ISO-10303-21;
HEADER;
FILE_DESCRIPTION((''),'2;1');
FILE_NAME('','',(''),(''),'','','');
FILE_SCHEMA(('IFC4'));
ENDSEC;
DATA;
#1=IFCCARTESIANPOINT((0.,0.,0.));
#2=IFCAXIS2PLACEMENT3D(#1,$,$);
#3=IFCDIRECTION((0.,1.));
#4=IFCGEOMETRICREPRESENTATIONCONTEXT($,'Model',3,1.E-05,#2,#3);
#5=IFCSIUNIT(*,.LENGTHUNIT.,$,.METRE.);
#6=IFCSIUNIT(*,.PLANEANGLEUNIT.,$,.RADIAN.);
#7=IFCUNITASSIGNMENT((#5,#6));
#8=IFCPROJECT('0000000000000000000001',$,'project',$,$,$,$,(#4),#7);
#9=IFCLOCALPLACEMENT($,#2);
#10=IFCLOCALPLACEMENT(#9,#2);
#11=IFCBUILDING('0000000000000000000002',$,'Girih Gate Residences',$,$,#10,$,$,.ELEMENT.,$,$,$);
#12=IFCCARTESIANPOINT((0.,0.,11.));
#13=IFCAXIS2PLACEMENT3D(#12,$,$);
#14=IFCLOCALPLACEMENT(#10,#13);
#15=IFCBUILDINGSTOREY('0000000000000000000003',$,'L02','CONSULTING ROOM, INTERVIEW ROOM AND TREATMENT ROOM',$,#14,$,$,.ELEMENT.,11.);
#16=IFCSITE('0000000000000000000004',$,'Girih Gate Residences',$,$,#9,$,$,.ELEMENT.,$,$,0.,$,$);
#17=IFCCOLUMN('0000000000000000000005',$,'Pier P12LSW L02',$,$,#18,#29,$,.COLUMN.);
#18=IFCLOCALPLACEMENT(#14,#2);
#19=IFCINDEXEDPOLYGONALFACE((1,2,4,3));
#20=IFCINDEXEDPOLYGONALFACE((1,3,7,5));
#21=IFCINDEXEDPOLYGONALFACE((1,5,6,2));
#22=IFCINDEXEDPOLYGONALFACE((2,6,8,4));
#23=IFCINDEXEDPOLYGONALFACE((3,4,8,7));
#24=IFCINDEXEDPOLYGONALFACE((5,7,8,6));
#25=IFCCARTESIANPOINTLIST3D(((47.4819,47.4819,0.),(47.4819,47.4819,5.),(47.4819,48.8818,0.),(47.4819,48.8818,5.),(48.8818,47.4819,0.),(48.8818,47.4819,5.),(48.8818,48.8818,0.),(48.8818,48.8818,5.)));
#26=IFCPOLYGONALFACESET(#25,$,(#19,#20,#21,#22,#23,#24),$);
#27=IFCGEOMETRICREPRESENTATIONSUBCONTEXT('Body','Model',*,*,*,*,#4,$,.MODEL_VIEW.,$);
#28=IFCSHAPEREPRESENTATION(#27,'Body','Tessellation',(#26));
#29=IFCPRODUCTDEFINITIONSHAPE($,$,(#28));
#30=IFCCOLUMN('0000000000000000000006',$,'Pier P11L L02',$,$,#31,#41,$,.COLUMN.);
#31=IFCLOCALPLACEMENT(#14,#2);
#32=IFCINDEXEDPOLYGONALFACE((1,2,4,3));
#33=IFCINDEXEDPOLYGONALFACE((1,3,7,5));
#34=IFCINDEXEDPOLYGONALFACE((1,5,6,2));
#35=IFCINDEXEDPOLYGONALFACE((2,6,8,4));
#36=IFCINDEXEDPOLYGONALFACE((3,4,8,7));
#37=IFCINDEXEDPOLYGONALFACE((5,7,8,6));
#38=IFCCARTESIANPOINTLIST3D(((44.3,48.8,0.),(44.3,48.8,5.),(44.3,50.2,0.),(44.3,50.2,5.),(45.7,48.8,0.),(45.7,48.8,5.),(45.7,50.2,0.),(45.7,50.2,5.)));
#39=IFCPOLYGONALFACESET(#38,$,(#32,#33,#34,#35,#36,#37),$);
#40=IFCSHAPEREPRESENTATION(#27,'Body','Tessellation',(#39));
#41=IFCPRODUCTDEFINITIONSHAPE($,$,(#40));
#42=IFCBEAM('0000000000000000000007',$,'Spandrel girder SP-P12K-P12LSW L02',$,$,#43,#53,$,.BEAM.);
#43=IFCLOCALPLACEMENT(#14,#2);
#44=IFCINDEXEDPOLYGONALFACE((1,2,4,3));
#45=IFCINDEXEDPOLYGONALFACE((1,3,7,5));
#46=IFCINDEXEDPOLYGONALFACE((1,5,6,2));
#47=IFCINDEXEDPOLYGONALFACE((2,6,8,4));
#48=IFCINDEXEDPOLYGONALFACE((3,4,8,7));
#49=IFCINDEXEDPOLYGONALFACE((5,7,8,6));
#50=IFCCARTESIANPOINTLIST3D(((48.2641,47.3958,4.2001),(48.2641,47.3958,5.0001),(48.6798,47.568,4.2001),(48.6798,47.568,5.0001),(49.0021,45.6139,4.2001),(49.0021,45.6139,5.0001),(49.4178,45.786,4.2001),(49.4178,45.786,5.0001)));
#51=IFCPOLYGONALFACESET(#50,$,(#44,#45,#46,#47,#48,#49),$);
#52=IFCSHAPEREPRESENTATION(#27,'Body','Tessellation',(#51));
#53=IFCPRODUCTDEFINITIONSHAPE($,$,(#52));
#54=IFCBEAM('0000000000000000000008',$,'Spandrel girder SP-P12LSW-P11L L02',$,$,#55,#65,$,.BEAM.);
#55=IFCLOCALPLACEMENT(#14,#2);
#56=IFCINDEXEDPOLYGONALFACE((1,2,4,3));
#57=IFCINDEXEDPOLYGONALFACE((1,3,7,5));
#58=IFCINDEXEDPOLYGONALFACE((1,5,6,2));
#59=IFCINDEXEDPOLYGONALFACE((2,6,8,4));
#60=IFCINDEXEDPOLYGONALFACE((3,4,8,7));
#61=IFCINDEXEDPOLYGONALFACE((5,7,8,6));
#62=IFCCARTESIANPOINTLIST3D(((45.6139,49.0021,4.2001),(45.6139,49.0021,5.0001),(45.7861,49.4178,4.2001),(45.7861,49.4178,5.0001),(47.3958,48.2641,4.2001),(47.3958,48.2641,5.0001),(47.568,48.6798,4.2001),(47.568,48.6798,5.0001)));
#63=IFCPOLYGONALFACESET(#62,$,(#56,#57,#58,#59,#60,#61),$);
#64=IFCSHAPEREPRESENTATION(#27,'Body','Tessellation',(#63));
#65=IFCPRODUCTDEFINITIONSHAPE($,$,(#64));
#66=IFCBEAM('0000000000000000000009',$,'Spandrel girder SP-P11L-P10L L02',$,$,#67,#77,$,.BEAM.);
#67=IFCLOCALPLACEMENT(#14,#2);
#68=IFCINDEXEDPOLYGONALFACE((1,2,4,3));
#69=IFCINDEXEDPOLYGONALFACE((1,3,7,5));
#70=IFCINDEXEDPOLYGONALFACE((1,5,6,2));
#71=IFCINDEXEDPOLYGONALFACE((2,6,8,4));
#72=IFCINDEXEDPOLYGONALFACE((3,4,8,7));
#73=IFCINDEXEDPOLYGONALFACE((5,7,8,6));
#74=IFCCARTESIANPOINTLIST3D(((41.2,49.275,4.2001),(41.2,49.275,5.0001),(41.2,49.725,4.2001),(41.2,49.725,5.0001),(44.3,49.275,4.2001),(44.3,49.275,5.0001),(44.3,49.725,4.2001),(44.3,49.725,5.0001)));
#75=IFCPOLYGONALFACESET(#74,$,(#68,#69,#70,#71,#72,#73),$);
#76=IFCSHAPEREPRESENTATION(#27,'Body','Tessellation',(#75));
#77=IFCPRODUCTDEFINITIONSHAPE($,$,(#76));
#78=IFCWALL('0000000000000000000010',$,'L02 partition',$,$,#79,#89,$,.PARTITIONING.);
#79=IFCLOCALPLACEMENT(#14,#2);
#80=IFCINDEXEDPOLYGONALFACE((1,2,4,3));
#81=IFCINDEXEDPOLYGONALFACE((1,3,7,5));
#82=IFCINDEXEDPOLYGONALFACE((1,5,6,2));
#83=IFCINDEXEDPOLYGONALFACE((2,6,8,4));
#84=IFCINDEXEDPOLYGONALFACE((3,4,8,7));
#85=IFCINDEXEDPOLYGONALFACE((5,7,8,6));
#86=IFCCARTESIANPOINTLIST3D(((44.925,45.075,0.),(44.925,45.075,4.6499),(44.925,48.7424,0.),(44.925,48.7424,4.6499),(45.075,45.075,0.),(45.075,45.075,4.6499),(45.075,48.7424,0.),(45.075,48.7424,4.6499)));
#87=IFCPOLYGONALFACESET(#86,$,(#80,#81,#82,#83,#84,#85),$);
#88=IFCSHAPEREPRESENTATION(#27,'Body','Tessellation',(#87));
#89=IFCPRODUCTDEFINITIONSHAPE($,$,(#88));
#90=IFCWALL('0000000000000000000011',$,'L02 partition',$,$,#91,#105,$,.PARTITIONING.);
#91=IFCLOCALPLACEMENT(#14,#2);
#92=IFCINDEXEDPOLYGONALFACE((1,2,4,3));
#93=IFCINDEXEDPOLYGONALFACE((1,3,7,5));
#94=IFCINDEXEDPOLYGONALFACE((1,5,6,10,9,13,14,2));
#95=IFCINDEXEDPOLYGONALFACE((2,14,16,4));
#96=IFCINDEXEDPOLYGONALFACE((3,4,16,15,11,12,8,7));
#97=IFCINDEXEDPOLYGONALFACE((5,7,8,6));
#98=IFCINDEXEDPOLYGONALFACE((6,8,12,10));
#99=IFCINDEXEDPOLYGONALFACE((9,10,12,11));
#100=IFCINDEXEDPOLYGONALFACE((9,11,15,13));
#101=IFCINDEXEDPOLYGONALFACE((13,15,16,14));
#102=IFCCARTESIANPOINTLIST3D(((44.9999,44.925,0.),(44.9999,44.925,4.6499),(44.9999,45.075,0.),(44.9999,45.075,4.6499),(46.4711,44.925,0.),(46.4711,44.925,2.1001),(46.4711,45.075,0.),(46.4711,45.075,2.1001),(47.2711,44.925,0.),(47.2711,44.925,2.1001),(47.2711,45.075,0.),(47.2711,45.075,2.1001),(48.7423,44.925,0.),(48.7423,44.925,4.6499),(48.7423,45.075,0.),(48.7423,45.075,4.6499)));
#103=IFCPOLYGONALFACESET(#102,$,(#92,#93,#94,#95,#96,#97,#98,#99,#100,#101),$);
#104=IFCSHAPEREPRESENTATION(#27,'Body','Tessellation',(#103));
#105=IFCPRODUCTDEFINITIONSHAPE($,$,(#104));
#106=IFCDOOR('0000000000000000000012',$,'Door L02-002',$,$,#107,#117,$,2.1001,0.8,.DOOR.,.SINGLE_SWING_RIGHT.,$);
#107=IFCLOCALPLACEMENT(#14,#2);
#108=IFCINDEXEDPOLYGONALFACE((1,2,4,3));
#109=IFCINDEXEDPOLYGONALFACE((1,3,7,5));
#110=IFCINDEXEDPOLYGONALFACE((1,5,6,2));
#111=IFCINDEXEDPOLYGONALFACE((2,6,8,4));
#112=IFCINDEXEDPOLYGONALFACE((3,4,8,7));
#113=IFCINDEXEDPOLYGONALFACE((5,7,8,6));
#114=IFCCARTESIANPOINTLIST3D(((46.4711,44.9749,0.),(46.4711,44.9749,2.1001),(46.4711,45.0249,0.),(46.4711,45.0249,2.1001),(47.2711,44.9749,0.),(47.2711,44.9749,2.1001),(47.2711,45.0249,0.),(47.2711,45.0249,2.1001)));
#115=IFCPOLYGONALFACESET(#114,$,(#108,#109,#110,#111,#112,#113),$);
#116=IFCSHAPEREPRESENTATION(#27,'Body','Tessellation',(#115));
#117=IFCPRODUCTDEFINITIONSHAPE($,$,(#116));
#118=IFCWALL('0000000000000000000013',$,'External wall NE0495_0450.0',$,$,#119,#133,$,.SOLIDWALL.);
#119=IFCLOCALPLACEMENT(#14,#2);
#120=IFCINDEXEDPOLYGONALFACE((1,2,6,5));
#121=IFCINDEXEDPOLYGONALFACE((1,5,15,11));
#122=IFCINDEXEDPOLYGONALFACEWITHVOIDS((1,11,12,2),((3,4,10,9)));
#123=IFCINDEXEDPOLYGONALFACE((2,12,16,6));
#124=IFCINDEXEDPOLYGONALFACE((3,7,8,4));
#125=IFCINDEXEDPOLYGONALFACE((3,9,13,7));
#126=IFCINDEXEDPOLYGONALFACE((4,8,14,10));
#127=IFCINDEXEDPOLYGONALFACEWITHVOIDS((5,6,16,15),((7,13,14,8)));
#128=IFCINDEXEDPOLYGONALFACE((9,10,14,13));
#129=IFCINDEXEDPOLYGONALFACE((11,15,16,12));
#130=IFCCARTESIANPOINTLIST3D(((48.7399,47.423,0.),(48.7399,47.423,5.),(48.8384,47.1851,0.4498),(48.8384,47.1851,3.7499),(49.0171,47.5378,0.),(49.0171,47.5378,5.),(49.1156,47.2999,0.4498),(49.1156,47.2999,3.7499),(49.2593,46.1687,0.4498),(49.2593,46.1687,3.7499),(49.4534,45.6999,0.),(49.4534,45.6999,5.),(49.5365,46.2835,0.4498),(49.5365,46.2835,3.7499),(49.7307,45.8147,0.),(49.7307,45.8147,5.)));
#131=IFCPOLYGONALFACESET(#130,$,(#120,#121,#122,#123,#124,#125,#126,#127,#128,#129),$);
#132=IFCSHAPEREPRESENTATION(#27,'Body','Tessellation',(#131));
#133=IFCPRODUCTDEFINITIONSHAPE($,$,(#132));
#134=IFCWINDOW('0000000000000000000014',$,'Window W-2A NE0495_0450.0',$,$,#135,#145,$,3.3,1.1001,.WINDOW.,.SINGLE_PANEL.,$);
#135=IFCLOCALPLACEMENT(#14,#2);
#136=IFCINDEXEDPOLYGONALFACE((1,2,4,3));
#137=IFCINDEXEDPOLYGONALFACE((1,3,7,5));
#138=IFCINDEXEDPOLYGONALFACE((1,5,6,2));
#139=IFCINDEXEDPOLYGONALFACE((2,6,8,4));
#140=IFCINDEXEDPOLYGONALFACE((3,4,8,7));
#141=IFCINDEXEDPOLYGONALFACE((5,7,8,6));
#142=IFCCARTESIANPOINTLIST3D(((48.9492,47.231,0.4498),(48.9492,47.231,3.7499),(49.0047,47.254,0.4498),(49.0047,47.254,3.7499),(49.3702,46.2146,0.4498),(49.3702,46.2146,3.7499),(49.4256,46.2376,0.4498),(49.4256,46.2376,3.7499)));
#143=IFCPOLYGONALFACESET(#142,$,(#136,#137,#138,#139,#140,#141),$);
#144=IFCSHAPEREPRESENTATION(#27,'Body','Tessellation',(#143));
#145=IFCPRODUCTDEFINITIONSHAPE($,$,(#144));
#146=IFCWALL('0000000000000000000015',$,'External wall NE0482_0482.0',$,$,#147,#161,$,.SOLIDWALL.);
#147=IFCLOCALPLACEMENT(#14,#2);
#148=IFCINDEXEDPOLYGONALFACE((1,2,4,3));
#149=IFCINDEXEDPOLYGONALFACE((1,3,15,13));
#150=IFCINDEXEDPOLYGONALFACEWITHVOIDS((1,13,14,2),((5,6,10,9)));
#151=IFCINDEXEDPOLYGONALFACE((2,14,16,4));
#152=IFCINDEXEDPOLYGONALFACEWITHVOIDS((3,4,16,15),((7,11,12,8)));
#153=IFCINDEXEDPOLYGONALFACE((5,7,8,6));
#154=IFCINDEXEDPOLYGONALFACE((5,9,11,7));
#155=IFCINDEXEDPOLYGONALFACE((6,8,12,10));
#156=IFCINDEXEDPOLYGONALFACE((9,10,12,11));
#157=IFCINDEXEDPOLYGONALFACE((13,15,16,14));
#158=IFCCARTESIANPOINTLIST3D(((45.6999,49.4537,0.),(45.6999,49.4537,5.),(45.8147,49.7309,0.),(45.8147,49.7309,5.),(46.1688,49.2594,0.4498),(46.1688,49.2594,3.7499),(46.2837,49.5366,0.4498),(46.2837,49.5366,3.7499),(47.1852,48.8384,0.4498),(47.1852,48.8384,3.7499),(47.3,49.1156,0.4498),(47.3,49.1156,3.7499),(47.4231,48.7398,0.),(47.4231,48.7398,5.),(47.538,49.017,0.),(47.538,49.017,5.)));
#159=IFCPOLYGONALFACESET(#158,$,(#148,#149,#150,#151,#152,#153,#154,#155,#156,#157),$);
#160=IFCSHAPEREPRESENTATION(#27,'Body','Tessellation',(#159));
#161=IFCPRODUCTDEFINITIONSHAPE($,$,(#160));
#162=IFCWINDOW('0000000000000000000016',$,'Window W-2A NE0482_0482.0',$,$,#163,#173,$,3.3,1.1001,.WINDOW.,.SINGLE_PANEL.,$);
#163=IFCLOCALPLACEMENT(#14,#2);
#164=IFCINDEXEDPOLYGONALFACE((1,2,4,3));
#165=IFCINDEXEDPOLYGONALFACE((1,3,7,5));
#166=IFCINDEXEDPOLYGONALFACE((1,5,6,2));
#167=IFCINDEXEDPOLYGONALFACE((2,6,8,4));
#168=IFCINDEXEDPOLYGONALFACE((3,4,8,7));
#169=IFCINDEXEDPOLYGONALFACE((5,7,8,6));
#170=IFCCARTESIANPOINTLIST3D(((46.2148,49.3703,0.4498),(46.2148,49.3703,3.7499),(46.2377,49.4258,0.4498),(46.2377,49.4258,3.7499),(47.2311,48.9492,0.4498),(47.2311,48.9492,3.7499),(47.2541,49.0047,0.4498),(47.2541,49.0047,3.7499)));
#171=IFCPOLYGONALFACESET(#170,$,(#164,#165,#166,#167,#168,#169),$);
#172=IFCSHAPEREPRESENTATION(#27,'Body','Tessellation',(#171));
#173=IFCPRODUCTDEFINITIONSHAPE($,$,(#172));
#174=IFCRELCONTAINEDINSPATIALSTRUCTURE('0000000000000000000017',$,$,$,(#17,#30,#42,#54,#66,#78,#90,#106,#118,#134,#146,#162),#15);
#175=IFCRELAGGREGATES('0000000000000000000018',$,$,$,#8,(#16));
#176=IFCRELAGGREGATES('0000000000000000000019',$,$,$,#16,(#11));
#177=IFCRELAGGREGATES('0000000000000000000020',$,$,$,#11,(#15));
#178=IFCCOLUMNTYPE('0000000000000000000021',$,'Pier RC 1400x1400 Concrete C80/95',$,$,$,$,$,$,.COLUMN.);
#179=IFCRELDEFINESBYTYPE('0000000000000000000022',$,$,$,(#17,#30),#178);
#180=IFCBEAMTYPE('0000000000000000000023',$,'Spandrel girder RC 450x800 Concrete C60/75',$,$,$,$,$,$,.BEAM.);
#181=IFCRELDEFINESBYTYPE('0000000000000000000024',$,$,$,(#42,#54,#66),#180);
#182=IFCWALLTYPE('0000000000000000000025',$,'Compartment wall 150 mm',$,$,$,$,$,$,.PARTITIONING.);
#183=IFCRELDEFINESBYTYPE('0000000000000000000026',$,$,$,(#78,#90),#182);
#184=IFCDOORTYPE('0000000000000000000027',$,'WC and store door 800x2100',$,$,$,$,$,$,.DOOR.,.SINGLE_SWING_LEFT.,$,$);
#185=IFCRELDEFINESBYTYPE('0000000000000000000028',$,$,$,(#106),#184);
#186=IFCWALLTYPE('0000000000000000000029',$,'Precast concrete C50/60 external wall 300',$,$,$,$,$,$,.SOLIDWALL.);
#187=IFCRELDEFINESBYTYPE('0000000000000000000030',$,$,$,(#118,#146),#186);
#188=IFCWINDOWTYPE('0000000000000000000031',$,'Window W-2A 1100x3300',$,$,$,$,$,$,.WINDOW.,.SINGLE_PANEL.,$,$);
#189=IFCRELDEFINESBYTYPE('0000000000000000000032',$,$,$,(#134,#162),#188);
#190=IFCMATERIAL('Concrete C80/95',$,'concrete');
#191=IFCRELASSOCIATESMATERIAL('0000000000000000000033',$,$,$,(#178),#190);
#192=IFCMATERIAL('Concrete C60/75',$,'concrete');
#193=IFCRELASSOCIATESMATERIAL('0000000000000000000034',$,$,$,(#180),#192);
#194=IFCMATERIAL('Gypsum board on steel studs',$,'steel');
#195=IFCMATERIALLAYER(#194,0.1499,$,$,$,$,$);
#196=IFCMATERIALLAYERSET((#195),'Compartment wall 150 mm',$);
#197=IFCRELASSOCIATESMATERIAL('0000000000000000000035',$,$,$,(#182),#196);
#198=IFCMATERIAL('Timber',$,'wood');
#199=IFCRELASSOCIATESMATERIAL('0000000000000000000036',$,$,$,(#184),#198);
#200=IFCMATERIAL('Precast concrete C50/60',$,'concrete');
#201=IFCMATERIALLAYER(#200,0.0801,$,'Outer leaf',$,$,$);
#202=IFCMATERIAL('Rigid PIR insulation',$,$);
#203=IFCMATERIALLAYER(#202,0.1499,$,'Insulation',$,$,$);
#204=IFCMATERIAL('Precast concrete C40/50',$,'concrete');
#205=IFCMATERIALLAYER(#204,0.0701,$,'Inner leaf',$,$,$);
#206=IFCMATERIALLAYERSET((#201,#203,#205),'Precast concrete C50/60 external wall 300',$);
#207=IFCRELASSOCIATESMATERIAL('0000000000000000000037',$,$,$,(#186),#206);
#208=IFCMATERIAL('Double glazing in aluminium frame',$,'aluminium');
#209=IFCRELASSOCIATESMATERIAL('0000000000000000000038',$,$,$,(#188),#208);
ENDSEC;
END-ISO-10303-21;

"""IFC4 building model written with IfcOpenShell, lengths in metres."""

from ifc_helpers import new_model, si_unit, direction, frame, frame_2d, origin, origin_2d, place, context, subcontext, project, spatial, rectangle, extrude, material, layer, layer_set, material_profile, profile_set, type_object, element, fill, save


model = new_model("IFC4")

# Units and contexts
model_context = context("Model", 3, precision=1e-05, world=origin(), true_north=direction((0.0, 1.0)))
body_context = subcontext(model_context, "Body", "Model", "MODEL_VIEW")
ifc_project = project(units=[si_unit("LENGTHUNIT", "METRE"), si_unit("PLANEANGLEUNIT", "RADIAN")], contexts=[model_context])

# Site, building, storey
site_placement = place(None, origin())
site = spatial("IfcSite", under=ifc_project, at=site_placement, Name="Girih Gate Residences", CompositionType="ELEMENT", RefElevation=0.0)
building_placement = place(site_placement, origin())
building = spatial("IfcBuilding", under=site, at=building_placement, Name="Girih Gate Residences", CompositionType="ELEMENT")
storey_placement = place(building_placement, frame((0.0, 0.0, 11.0)))
storey = spatial("IfcBuildingStorey", under=building, at=storey_placement, Name="L02", Description="CONSULTING ROOM, INTERVIEW ROOM AND TREATMENT ROOM", CompositionType="ELEMENT", Elevation=11.0)

# Columns
ifc_material_1 = material(Name="Concrete C80/95", Category="concrete")
ifc_material_profile_1 = material_profile(ifc_material_1, rectangle(XDim=1.3999, YDim=1.3999, at=origin_2d()))
ifc_profile_set_1 = profile_set([ifc_material_profile_1], Name="Concrete C80/95")
column_type = type_object("IfcColumnType", Name="Pier RC 1400x1400 Concrete C80/95", PredefinedType="COLUMN", material=ifc_profile_set_1)
for number, where, z_axis, x_axis, name in (
    (1, (48.1819, 48.1819, 0.0), (0.0, 0.0, 1.0), (1.0, 0.0, 0.0), "Pier P12LSW L02"),
    (2, (45.0, 49.5, 0.0), (0.0, 0.0, 1.0), (1.0, 0.0, 0.0), "Pier P11L L02"),
):
    element("IfcColumn", number, at=place(storey_placement, frame(where, z_axis=z_axis, x_axis=x_axis)), inside=storey, type_object=column_type, Name=name, PredefinedType="COLUMN", context=body_context, shape_type="SweptSolid", body=[
        extrude(rectangle(XDim=1.3999, YDim=1.3999, at=origin_2d()), origin(), (0.0, 0.0, 1.0), 5.0),
    ])

# Beams
ifc_material_2 = material(Name="Concrete C60/75", Category="concrete")
ifc_material_profile_2 = material_profile(ifc_material_2, rectangle(XDim=0.45, YDim=0.8, at=origin_2d()))
ifc_profile_set_2 = profile_set([ifc_material_profile_2], Name="Concrete C60/75")
beam_type = type_object("IfcBeamType", Name="Spandrel girder RC 450x800 Concrete C60/75", PredefinedType="BEAM", material=ifc_profile_set_2)
for number, where, z_axis, x_axis, name in (
    (3, (49.21, 45.7, 4.6001), (-0.382646, 0.923895, 0.0), (-0.923895, -0.382646, 0.0), "Spandrel girder SP-P12K-P12LSW L02"),
    (4, (47.4819, 48.4719, 4.6001), (-0.923895, 0.382646, 0.0), (-0.382646, -0.923895, 0.0), "Spandrel girder SP-P12LSW-P11L L02"),
):
    element("IfcBeam", number, at=place(storey_placement, frame(where, z_axis=z_axis, x_axis=x_axis)), inside=storey, type_object=beam_type, Name=name, PredefinedType="BEAM", context=body_context, shape_type="SweptSolid", body=[
        extrude(rectangle(XDim=0.45, YDim=0.8, at=origin_2d()), origin(), (0.0, 0.0, 1.0), 1.9287),
    ])
beam_placement = place(storey_placement, frame((44.3, 49.5, 4.6001), z_axis=(-1.0, 0.0, 0.0), x_axis=(0.0, -1.0, 0.0)))
element("IfcBeam", 5, at=beam_placement, inside=storey, type_object=beam_type, Name="Spandrel girder SP-P11L-P10L L02", PredefinedType="BEAM", context=body_context, shape_type="SweptSolid", body=[
    extrude(rectangle(XDim=0.45, YDim=0.8, at=origin_2d()), origin(), (0.0, 0.0, 1.0), 3.1001),
])

# Wall
ifc_material_3 = material(Name="Gypsum board on steel studs", Category="steel")
ifc_layer_1 = layer(ifc_material_3, 0.1499)
ifc_layer_set_1 = layer_set([ifc_layer_1], Name="Compartment wall 150 mm")
wall_type_1 = type_object("IfcWallType", Name="Compartment wall 150 mm", PredefinedType="PARTITIONING", material=ifc_layer_set_1)
wall_1_placement = place(storey_placement, frame((45.0, 45.075, 0.0), z_axis=(0.0, 0.0, 1.0), x_axis=(0.0, 1.0, 0.0)))
element("IfcWall", 6, at=wall_1_placement, inside=storey, type_object=wall_type_1, Name="L02 partition", PredefinedType="PARTITIONING", context=body_context, shape_type="SweptSolid", body=[
    extrude(rectangle(XDim=3.6675, YDim=0.1499, at=frame_2d((1.8337, 0.0))), origin(), (0.0, 0.0, 1.0), 4.6499),
])

# Wall, opening, door
wall_2_placement = place(storey_placement, frame((45.0, 45.0, 0.0), z_axis=(0.0, 0.0, 1.0), x_axis=(1.0, 0.0, 0.0)))
wall_2 = element("IfcWall", 7, at=wall_2_placement, inside=storey, type_object=wall_type_1, Name="L02 partition", PredefinedType="PARTITIONING", context=body_context, shape_type="SweptSolid", body=[
    extrude(rectangle(XDim=3.7424, YDim=0.1499, at=frame_2d((1.8711, 0.0))), origin(), (0.0, 0.0, 1.0), 4.6499),
])
opening_1_placement = place(wall_2_placement, frame((1.4712, 0.0, 0.0)))
opening_1 = element("IfcOpeningElement", 8, at=opening_1_placement, cuts=wall_2, PredefinedType="OPENING", context=body_context, shape_type="SweptSolid", body=[
    extrude(rectangle(XDim=0.8, YDim=2.1001, at=frame_2d((0.3999, 1.05))), frame((0.0, 0.085, 0.0), z_axis=(0.0, -1.0, 0.0), x_axis=(1.0, 0.0, 0.0)), (0.0, 0.0, 1.0), 0.1699),
])
ifc_material_4 = material(Name="Timber", Category="wood")
door_type = type_object("IfcDoorType", Name="WC and store door 800x2100", OperationType="SINGLE_SWING_LEFT", PredefinedType="DOOR", material=ifc_material_4)
door_placement = place(opening_1_placement, origin())
door = element("IfcDoor", 9, at=door_placement, inside=storey, type_object=door_type, Name="Door L02-002", OperationType="SINGLE_SWING_RIGHT", OverallHeight=2.1001, OverallWidth=0.8, PredefinedType="DOOR", context=body_context, shape_type="SweptSolid", body=[
    extrude(rectangle(XDim=0.8, YDim=2.1001, at=frame_2d((0.3999, 1.05))), frame((0.0, 0.0249, 0.0), z_axis=(0.0, -1.0, 0.0), x_axis=(1.0, 0.0, 0.0)), (0.0, 0.0, 1.0), 0.05),
])
fill(opening_1, door)

# Walls, openings, windows
ifc_material_5 = material(Name="Precast concrete C50/60", Category="concrete")
ifc_layer_2 = layer(ifc_material_5, 0.0801, Name="Outer leaf")
ifc_material_6 = material(Name="Rigid PIR insulation")
ifc_layer_3 = layer(ifc_material_6, 0.1499, Name="Insulation")
ifc_material_7 = material(Name="Precast concrete C40/50", Category="concrete")
ifc_layer_4 = layer(ifc_material_7, 0.0701, Name="Inner leaf")
ifc_layer_set_2 = layer_set([ifc_layer_2, ifc_layer_3, ifc_layer_4], Name="Precast concrete C50/60 external wall 300")
wall_type_2 = type_object("IfcWallType", Name="Precast concrete C50/60 external wall 300", PredefinedType="SOLIDWALL", material=ifc_layer_set_2)
wall_3_placement = place(storey_placement, frame((48.8784, 47.4805, 0.0), z_axis=(0.0, 0.0, 1.0), x_axis=(0.382625, -0.923904, 0.0)))
wall_3 = element("IfcWall", 10, at=wall_3_placement, inside=storey, type_object=wall_type_2, Name="External wall NE0495_0450.0", PredefinedType="SOLIDWALL", context=body_context, shape_type="SweptSolid", body=[
    extrude(rectangle(XDim=1.865, YDim=0.3, at=frame_2d((0.9326, 0.0))), origin(), (0.0, 0.0, 1.0), 5.0),
])
opening_2_placement = place(wall_3_placement, frame((0.2576, 0.0, 0.45)))
opening_2 = element("IfcOpeningElement", 11, at=opening_2_placement, cuts=wall_3, PredefinedType="OPENING", context=body_context, shape_type="SweptSolid", body=[
    extrude(rectangle(XDim=1.1001, YDim=3.3, at=frame_2d((0.55, 1.6499))), frame((0.0, 0.1599, 0.0), z_axis=(0.0, -1.0, 0.0), x_axis=(1.0, 0.0, 0.0)), (0.0, 0.0, 1.0), 0.3201),
])
ifc_material_8 = material(Name="Double glazing in aluminium frame", Category="aluminium")
window_type = type_object("IfcWindowType", Name="Window W-2A 1100x3300", PartitioningType="SINGLE_PANEL", PredefinedType="WINDOW", material=ifc_material_8)
window_1_placement = place(opening_2_placement, origin())
window_1 = element("IfcWindow", 12, at=window_1_placement, inside=storey, type_object=window_type, Name="Window W-2A NE0495_0450.0", OverallHeight=3.3, OverallWidth=1.1001, PartitioningType="SINGLE_PANEL", PredefinedType="WINDOW", context=body_context, shape_type="SweptSolid", body=[
    extrude(rectangle(XDim=1.1001, YDim=3.3, at=frame_2d((0.55, 1.6499))), frame((0.0, 0.03, 0.0), z_axis=(0.0, -1.0, 0.0), x_axis=(1.0, 0.0, 0.0)), (0.0, 0.0, 1.0), 0.0601),
])
fill(opening_2, window_1)
wall_4_placement = place(storey_placement, frame((45.7573, 49.5923, 0.0), z_axis=(0.0, 0.0, 1.0), x_axis=(0.923857, -0.382737, 0.0)))
wall_4 = element("IfcWall", 13, at=wall_4_placement, inside=storey, type_object=wall_type_2, Name="External wall NE0482_0482.0", PredefinedType="SOLIDWALL", context=body_context, shape_type="SweptSolid", body=[
    extrude(rectangle(XDim=1.8652, YDim=0.3, at=frame_2d((0.9326, 0.0))), origin(), (0.0, 0.0, 1.0), 5.0),
])
opening_3_placement = place(wall_4_placement, frame((0.5076, 0.0, 0.45)))
opening_3 = element("IfcOpeningElement", 14, at=opening_3_placement, cuts=wall_4, PredefinedType="OPENING", context=body_context, shape_type="SweptSolid", body=[
    extrude(rectangle(XDim=1.1001, YDim=3.3, at=frame_2d((0.55, 1.6499))), frame((0.0, 0.1599, 0.0), z_axis=(0.0, -1.0, 0.0), x_axis=(1.0, 0.0, 0.0)), (0.0, 0.0, 1.0), 0.3201),
])
window_2_placement = place(opening_3_placement, origin())
window_2 = element("IfcWindow", 15, at=window_2_placement, inside=storey, type_object=window_type, Name="Window W-2A NE0482_0482.0", OverallHeight=3.3, OverallWidth=1.1001, PartitioningType="SINGLE_PANEL", PredefinedType="WINDOW", context=body_context, shape_type="SweptSolid", body=[
    extrude(rectangle(XDim=1.1001, YDim=3.3, at=frame_2d((0.55, 1.6499))), frame((0.0, 0.03, 0.0), z_axis=(0.0, -1.0, 0.0), x_axis=(1.0, 0.0, 0.0)), (0.0, 0.0, 1.0), 0.0601),
])
fill(opening_3, window_2)

save(model, "model.ifc")
